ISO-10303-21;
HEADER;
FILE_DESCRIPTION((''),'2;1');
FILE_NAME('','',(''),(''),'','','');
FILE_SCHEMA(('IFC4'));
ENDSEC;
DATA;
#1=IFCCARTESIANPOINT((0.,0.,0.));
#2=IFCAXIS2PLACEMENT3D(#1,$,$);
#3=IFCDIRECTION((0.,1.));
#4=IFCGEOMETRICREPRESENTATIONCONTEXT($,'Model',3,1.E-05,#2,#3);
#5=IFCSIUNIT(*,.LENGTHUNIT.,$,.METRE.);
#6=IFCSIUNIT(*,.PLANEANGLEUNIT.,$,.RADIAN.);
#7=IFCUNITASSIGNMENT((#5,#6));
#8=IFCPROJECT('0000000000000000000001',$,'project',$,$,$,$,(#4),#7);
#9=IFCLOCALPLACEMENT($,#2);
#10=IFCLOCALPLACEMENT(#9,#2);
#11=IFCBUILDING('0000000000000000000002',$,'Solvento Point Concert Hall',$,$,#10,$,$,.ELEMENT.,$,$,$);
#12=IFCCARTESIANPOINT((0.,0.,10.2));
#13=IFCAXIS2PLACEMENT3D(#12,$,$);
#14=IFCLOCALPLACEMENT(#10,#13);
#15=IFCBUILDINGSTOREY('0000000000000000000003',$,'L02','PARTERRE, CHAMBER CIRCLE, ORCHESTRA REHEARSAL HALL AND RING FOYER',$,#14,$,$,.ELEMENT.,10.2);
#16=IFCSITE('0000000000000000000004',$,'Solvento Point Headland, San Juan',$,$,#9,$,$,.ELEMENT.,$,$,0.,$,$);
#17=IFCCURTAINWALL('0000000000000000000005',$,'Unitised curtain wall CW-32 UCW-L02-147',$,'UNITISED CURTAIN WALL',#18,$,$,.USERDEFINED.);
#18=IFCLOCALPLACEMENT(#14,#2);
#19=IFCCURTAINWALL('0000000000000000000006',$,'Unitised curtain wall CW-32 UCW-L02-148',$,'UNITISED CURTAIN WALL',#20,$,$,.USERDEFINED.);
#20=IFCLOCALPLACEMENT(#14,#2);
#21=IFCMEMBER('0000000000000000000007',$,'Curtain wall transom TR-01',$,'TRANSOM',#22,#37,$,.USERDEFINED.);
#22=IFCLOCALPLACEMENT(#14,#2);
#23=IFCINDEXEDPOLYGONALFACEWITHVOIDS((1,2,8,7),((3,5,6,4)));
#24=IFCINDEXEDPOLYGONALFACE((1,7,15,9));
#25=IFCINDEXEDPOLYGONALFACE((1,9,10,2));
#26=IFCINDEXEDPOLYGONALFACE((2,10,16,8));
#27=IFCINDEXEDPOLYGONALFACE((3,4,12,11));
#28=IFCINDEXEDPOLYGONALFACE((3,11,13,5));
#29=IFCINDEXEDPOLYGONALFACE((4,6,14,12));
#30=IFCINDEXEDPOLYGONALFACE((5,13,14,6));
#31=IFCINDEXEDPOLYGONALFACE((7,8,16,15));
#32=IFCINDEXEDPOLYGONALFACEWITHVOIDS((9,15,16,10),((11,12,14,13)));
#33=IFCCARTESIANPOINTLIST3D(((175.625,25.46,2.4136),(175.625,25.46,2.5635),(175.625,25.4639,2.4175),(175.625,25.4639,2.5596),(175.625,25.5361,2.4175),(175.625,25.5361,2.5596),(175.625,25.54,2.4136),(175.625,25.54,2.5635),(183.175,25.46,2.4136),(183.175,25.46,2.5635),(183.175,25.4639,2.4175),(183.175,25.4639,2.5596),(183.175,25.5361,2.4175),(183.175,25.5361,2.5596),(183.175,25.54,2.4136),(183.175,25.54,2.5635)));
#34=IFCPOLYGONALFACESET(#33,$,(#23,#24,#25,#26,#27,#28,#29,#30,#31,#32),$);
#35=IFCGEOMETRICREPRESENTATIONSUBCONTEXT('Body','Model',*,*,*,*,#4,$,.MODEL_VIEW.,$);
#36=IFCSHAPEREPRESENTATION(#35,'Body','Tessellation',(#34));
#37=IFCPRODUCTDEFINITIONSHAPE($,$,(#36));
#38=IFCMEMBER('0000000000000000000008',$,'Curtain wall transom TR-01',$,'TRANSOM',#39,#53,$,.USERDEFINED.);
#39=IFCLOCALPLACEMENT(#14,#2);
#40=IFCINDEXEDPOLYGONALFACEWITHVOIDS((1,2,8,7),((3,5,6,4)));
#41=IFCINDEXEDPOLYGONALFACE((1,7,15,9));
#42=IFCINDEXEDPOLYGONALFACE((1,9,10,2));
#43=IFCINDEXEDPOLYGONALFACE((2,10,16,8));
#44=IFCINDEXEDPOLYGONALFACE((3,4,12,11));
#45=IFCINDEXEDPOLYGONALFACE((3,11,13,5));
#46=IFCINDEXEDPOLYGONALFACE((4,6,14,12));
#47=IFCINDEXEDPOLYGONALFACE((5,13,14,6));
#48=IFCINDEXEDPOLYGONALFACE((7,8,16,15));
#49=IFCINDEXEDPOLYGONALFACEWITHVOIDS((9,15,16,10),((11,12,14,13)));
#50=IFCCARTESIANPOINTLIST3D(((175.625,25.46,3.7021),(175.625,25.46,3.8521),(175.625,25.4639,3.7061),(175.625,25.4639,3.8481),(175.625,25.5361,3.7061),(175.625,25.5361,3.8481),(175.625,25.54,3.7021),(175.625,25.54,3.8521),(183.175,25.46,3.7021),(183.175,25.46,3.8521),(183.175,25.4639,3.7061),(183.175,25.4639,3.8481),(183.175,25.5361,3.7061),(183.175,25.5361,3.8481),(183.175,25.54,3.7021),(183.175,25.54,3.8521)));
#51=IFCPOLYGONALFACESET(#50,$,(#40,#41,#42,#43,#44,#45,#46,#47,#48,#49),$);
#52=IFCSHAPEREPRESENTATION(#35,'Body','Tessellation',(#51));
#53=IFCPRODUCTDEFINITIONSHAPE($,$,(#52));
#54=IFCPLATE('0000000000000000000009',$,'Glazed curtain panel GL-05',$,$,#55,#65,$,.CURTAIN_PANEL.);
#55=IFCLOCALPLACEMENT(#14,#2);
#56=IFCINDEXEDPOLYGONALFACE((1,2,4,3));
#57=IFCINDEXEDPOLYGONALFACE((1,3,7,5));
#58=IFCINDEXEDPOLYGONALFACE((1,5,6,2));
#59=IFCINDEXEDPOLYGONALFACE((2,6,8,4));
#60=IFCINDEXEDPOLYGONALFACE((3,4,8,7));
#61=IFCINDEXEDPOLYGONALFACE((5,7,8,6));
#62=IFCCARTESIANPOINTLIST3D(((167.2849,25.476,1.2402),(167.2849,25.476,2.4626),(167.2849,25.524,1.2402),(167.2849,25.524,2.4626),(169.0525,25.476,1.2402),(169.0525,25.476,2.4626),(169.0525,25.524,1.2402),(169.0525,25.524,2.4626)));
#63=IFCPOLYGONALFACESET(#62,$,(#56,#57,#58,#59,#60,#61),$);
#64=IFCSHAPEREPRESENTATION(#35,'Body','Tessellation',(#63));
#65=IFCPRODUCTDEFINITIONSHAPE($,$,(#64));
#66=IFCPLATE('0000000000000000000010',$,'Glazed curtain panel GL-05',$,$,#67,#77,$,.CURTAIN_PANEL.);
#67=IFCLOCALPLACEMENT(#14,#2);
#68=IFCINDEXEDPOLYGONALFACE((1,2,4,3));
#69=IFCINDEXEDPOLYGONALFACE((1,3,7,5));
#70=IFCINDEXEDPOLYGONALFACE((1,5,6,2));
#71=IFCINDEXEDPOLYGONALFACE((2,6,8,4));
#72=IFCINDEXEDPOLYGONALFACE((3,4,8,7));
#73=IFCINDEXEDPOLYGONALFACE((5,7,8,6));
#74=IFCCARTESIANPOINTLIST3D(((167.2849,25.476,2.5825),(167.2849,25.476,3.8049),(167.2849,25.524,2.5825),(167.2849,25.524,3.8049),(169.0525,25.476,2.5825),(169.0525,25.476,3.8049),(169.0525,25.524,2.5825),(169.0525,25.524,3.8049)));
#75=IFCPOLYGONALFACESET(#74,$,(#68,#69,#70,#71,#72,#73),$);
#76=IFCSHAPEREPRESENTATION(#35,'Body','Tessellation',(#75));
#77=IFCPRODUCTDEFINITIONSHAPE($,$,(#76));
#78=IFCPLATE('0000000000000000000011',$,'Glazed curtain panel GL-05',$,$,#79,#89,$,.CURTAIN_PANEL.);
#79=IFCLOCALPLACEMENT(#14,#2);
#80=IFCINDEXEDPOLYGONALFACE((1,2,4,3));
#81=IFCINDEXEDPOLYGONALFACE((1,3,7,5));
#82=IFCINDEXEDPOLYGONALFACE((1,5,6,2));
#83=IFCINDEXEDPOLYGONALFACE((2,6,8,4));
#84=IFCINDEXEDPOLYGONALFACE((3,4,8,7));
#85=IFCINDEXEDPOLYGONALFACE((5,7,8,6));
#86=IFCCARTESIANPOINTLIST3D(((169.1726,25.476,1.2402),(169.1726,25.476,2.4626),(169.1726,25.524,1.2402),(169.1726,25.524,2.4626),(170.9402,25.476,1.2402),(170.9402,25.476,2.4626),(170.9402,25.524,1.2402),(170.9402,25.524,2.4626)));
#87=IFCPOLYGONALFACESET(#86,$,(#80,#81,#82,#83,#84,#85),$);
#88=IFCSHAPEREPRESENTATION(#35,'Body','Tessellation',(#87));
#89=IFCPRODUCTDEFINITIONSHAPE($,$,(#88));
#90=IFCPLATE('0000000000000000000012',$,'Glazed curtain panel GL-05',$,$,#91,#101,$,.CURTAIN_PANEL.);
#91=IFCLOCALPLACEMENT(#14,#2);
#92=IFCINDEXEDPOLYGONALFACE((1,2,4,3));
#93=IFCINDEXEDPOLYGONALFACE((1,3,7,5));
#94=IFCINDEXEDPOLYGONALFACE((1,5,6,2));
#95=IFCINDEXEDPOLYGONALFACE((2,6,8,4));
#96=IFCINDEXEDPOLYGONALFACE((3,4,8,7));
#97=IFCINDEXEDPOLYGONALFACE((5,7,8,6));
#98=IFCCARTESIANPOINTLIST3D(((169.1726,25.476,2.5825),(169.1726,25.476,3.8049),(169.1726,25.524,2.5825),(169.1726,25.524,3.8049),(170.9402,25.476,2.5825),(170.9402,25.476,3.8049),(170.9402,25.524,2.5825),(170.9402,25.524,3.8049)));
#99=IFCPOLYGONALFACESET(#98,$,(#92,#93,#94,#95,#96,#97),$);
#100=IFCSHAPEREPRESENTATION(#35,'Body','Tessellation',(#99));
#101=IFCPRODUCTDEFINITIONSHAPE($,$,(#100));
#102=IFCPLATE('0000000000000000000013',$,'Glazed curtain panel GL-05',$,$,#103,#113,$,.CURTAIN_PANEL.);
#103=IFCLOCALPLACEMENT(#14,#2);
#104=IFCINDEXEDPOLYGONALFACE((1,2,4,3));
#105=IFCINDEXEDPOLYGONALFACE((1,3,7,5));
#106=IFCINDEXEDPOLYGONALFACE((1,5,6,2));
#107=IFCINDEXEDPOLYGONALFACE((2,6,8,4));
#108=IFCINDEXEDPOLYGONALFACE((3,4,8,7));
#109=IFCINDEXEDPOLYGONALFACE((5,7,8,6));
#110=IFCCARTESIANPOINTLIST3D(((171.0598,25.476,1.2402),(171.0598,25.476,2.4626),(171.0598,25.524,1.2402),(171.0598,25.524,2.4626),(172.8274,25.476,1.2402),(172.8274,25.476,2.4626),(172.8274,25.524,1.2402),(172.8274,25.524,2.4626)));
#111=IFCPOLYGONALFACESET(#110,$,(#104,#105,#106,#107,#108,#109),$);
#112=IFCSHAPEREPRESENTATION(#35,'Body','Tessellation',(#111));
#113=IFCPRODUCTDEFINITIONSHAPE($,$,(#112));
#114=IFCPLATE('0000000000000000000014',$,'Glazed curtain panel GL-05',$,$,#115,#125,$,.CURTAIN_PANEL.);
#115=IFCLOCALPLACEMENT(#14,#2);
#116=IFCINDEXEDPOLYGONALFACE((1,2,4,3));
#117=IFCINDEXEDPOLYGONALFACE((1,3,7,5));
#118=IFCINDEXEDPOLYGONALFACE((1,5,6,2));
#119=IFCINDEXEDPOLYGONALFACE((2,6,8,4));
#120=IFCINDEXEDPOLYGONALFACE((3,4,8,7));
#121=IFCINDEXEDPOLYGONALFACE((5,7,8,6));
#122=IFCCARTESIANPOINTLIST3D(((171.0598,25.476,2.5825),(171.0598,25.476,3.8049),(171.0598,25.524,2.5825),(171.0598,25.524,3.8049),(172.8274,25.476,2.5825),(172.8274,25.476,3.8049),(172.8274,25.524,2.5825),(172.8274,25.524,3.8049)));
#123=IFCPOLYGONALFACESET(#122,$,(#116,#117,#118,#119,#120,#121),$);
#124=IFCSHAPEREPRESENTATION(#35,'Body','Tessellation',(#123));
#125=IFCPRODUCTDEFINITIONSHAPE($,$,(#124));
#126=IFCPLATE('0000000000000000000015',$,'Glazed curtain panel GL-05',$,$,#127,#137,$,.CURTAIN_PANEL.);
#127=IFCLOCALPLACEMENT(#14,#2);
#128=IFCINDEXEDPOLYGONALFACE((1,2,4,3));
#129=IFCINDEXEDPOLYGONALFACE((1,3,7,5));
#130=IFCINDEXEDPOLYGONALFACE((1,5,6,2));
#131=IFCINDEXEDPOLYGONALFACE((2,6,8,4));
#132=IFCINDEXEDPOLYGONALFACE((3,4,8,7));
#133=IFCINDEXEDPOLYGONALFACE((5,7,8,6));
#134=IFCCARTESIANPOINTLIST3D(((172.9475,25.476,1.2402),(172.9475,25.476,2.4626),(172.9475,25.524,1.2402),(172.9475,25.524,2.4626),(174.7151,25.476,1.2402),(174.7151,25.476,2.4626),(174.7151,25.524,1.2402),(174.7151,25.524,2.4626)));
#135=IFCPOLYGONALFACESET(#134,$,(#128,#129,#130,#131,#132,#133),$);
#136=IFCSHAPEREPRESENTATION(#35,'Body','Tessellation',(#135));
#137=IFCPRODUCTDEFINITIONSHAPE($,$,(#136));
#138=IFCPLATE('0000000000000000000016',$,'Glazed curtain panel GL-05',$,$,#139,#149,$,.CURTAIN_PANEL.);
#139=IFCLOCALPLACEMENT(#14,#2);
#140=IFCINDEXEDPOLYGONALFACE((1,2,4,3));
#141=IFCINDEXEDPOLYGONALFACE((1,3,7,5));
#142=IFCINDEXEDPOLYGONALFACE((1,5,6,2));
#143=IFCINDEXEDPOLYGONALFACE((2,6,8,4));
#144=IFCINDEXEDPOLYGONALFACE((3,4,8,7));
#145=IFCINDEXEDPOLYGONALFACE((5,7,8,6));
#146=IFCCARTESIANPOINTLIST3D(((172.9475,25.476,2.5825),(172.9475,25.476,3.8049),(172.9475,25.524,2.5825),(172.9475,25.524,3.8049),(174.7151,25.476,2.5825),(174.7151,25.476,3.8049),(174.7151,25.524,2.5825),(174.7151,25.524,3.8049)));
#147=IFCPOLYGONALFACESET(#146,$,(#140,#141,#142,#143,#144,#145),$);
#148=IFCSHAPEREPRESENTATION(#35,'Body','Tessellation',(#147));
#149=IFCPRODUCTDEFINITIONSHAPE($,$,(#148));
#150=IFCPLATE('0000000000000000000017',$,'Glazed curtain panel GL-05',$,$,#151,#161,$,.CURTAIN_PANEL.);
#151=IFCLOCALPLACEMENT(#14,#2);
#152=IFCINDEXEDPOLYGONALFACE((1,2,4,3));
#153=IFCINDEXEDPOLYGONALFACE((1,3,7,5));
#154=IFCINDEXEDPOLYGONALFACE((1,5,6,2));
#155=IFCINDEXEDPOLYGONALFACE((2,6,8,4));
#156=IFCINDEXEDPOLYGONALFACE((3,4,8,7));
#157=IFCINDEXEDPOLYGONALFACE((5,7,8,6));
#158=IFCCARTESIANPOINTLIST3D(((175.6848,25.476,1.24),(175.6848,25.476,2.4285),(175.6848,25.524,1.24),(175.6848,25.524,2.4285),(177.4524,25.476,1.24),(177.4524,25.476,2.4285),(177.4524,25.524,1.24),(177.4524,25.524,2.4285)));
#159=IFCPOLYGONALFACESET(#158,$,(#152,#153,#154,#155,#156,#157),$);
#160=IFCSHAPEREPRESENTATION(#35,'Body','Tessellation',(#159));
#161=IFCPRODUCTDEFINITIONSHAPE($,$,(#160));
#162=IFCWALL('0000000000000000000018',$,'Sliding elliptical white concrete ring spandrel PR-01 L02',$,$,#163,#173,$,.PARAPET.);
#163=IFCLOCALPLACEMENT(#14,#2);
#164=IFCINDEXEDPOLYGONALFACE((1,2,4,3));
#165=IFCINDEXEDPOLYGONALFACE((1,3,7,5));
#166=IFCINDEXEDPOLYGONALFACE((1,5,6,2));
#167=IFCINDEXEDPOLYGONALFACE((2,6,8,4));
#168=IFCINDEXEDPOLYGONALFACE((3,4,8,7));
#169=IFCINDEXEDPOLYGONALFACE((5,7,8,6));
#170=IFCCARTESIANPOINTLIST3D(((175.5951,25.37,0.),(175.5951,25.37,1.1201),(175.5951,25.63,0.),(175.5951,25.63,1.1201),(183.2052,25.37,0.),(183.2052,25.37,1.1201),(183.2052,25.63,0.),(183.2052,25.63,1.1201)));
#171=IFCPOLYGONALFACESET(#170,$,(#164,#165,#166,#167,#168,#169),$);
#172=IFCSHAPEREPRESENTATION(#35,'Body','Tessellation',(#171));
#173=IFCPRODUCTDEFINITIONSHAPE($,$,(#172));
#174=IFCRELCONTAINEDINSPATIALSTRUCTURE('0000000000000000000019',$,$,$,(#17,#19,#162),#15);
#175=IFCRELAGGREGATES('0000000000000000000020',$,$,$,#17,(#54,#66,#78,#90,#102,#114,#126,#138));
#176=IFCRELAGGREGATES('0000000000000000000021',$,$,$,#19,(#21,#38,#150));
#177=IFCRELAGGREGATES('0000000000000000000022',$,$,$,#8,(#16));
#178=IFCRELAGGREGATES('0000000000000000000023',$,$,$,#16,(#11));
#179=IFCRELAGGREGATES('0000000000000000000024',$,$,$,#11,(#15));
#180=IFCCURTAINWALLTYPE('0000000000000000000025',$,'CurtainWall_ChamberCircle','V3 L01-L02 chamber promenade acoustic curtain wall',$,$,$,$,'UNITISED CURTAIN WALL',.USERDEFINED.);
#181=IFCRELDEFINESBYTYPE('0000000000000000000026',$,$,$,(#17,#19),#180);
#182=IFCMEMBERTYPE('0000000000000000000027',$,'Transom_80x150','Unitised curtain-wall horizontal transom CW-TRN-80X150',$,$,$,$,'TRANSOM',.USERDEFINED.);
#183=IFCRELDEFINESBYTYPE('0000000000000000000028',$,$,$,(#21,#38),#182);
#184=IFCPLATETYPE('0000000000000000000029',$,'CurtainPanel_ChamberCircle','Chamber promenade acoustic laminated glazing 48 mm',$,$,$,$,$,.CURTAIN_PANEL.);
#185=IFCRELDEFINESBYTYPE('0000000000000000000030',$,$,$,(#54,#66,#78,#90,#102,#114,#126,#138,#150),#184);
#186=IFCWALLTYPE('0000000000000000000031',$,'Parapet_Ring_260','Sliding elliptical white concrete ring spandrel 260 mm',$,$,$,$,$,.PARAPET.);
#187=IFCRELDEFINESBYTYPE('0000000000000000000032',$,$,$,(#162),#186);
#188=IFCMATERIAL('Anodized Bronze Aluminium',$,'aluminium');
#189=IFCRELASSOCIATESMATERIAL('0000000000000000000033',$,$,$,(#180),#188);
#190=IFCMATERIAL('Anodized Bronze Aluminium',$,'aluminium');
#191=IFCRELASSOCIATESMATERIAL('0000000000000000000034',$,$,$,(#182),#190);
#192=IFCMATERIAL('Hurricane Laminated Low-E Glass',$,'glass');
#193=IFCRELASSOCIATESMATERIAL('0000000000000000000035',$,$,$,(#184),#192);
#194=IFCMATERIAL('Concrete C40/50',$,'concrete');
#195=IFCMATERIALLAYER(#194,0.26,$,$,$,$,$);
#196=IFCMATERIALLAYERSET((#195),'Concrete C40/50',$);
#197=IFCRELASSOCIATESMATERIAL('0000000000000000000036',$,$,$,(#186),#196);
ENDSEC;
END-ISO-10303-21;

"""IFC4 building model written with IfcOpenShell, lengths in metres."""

from ifc_helpers import new_model, si_unit, direction, frame, frame_2d, origin, origin_2d, place, context, subcontext, project, spatial, rectangle, hollow_rectangle, extrude, material, layer, layer_set, material_profile, profile_set, type_object, element, aggregate, save


model = new_model("IFC4")

# Units and contexts
model_context = context("Model", 3, precision=1e-05, world=origin(), true_north=direction((0.0, 1.0)))
body_context = subcontext(model_context, "Body", "Model", "MODEL_VIEW")
ifc_project = project(units=[si_unit("LENGTHUNIT", "METRE"), si_unit("PLANEANGLEUNIT", "RADIAN")], contexts=[model_context])

# Site, building, storey
site_placement = place(None, origin())
site = spatial("IfcSite", under=ifc_project, at=site_placement, Name="Solvento Point Headland, San Juan", CompositionType="ELEMENT", RefElevation=0.0)
building_placement = place(site_placement, origin())
building = spatial("IfcBuilding", under=site, at=building_placement, Name="Solvento Point Concert Hall", CompositionType="ELEMENT")
storey_placement = place(building_placement, frame((0.0, 0.0, 10.2)))
storey = spatial("IfcBuildingStorey", under=building, at=storey_placement, Name="L02", Description="PARTERRE, CHAMBER CIRCLE, ORCHESTRA REHEARSAL HALL AND RING FOYER", CompositionType="ELEMENT", Elevation=10.2)

# Curtain wall
ifc_material_1 = material(Name="Anodized Bronze Aluminium", Category="aluminium")
curtain_wall_type = type_object("IfcCurtainWallType", Name="CurtainWall_ChamberCircle", Description="V3 L01-L02 chamber promenade acoustic curtain wall", ElementType="UNITISED CURTAIN WALL", PredefinedType="USERDEFINED", material=ifc_material_1)
curtain_wall_1_placement = place(storey_placement, origin())
curtain_wall_1 = element("IfcCurtainWall", 1, at=curtain_wall_1_placement, inside=storey, type_object=curtain_wall_type, Name="Unitised curtain wall CW-32 UCW-L02-147", ObjectType="UNITISED CURTAIN WALL", PredefinedType="USERDEFINED")

# Curtain wall
curtain_wall_2_placement = place(storey_placement, origin())
curtain_wall_2 = element("IfcCurtainWall", 2, at=curtain_wall_2_placement, inside=storey, type_object=curtain_wall_type, Name="Unitised curtain wall CW-32 UCW-L02-148", ObjectType="UNITISED CURTAIN WALL", PredefinedType="USERDEFINED")

# Members
ifc_material_2 = material(Name="Anodized Bronze Aluminium", Category="aluminium")
ifc_material_profile_1 = material_profile(ifc_material_2, hollow_rectangle(XDim=0.0801, YDim=0.1499, WallThickness=0.0039, at=origin_2d()), Name="CW-TRN-80X150")
ifc_profile_set_1 = profile_set([ifc_material_profile_1], Name="Anodized Bronze Aluminium")
member_type_1 = type_object("IfcMemberType", Name="Transom_80x150", Description="Unitised curtain-wall horizontal transom CW-TRN-80X150", ElementType="TRANSOM", PredefinedType="USERDEFINED", material=ifc_profile_set_1)
member_1_placement = place(storey_placement, frame((175.625, 25.5, 2.4885), z_axis=(1.0, 0.0, 0.0), x_axis=(0.0, 1.0, 0.0)))
member_1 = element("IfcMember", 3, at=member_1_placement, type_object=member_type_1, Name="Curtain wall transom TR-01", ObjectType="TRANSOM", PredefinedType="USERDEFINED", context=body_context, shape_type="SweptSolid", body=[
    extrude(hollow_rectangle(XDim=0.0801, YDim=0.1499, WallThickness=0.0039, at=origin_2d()), origin(), (0.0, 0.0, 1.0), 7.55),
])
member_2_placement = place(storey_placement, frame((175.625, 25.5, 3.7771), z_axis=(1.0, 0.0, 0.0), x_axis=(0.0, 1.0, 0.0)))
member_2 = element("IfcMember", 4, at=member_2_placement, type_object=member_type_1, Name="Curtain wall transom TR-01", ObjectType="TRANSOM", PredefinedType="USERDEFINED", context=body_context, shape_type="SweptSolid", body=[
    extrude(hollow_rectangle(XDim=0.0801, YDim=0.1499, WallThickness=0.0039, at=origin_2d()), origin(), (0.0, 0.0, 1.0), 7.55),
])

# Plates
ifc_material_3 = material(Name="Hurricane Laminated Low-E Glass", Category="glass")
plate_type = type_object("IfcPlateType", Name="CurtainPanel_ChamberCircle", Description="Chamber promenade acoustic laminated glazing 48 mm", PredefinedType="CURTAIN_PANEL", material=ifc_material_3)
plate_1_placement = place(storey_placement, frame((168.1687, 25.5, 1.2402), z_axis=(0.0, 0.0, 1.0), x_axis=(1.0, 0.0, 0.0)))
plate_1 = element("IfcPlate", 5, at=plate_1_placement, type_object=plate_type, Name="Glazed curtain panel GL-05", PredefinedType="CURTAIN_PANEL", context=body_context, shape_type="SweptSolid", body=[
    extrude(rectangle(XDim=1.7676, YDim=0.0481, at=origin_2d()), origin(), (0.0, 0.0, 1.0), 1.2224),
])
plate_2_placement = place(storey_placement, frame((168.1687, 25.5, 2.5825), z_axis=(0.0, 0.0, 1.0), x_axis=(1.0, 0.0, 0.0)))
plate_2 = element("IfcPlate", 6, at=plate_2_placement, type_object=plate_type, Name="Glazed curtain panel GL-05", PredefinedType="CURTAIN_PANEL", context=body_context, shape_type="SweptSolid", body=[
    extrude(rectangle(XDim=1.7676, YDim=0.0481, at=origin_2d()), origin(), (0.0, 0.0, 1.0), 1.2224),
])
plate_3_placement = place(storey_placement, frame((170.0564, 25.5, 1.2402), z_axis=(0.0, 0.0, 1.0), x_axis=(1.0, 0.0, 0.0)))
plate_3 = element("IfcPlate", 7, at=plate_3_placement, type_object=plate_type, Name="Glazed curtain panel GL-05", PredefinedType="CURTAIN_PANEL", context=body_context, shape_type="SweptSolid", body=[
    extrude(rectangle(XDim=1.7676, YDim=0.0481, at=origin_2d()), origin(), (0.0, 0.0, 1.0), 1.2224),
])
plate_4_placement = place(storey_placement, frame((170.0564, 25.5, 2.5825), z_axis=(0.0, 0.0, 1.0), x_axis=(1.0, 0.0, 0.0)))
plate_4 = element("IfcPlate", 8, at=plate_4_placement, type_object=plate_type, Name="Glazed curtain panel GL-05", PredefinedType="CURTAIN_PANEL", context=body_context, shape_type="SweptSolid", body=[
    extrude(rectangle(XDim=1.7676, YDim=0.0481, at=origin_2d()), origin(), (0.0, 0.0, 1.0), 1.2224),
])
plate_5_placement = place(storey_placement, frame((171.9436, 25.5, 1.2402), z_axis=(0.0, 0.0, 1.0), x_axis=(1.0, 0.0, 0.0)))
plate_5 = element("IfcPlate", 9, at=plate_5_placement, type_object=plate_type, Name="Glazed curtain panel GL-05", PredefinedType="CURTAIN_PANEL", context=body_context, shape_type="SweptSolid", body=[
    extrude(rectangle(XDim=1.7676, YDim=0.0481, at=origin_2d()), origin(), (0.0, 0.0, 1.0), 1.2224),
])
plate_6_placement = place(storey_placement, frame((171.9436, 25.5, 2.5825), z_axis=(0.0, 0.0, 1.0), x_axis=(1.0, 0.0, 0.0)))
plate_6 = element("IfcPlate", 10, at=plate_6_placement, type_object=plate_type, Name="Glazed curtain panel GL-05", PredefinedType="CURTAIN_PANEL", context=body_context, shape_type="SweptSolid", body=[
    extrude(rectangle(XDim=1.7676, YDim=0.0481, at=origin_2d()), origin(), (0.0, 0.0, 1.0), 1.2224),
])
plate_7_placement = place(storey_placement, frame((173.8313, 25.5, 1.2402), z_axis=(0.0, 0.0, 1.0), x_axis=(1.0, 0.0, 0.0)))
plate_7 = element("IfcPlate", 11, at=plate_7_placement, type_object=plate_type, Name="Glazed curtain panel GL-05", PredefinedType="CURTAIN_PANEL", context=body_context, shape_type="SweptSolid", body=[
    extrude(rectangle(XDim=1.7676, YDim=0.0481, at=origin_2d()), origin(), (0.0, 0.0, 1.0), 1.2224),
])
plate_8_placement = place(storey_placement, frame((173.8313, 25.5, 2.5825), z_axis=(0.0, 0.0, 1.0), x_axis=(1.0, 0.0, 0.0)))
plate_8 = element("IfcPlate", 12, at=plate_8_placement, type_object=plate_type, Name="Glazed curtain panel GL-05", PredefinedType="CURTAIN_PANEL", context=body_context, shape_type="SweptSolid", body=[
    extrude(rectangle(XDim=1.7676, YDim=0.0481, at=origin_2d()), origin(), (0.0, 0.0, 1.0), 1.2224),
])
aggregate(curtain_wall_1, [plate_1, plate_2, plate_3, plate_4, plate_5, plate_6, plate_7, plate_8])
plate_9_placement = place(storey_placement, frame((176.5686, 25.5, 1.24), z_axis=(0.0, 0.0, 1.0), x_axis=(1.0, 0.0, 0.0)))
plate_9 = element("IfcPlate", 13, at=plate_9_placement, type_object=plate_type, Name="Glazed curtain panel GL-05", PredefinedType="CURTAIN_PANEL", context=body_context, shape_type="SweptSolid", body=[
    extrude(rectangle(XDim=1.7676, YDim=0.0481, at=origin_2d()), origin(), (0.0, 0.0, 1.0), 1.1885),
])
aggregate(curtain_wall_2, [member_1, member_2, plate_9])

# Wall
ifc_material_4 = material(Name="Concrete C40/50", Category="concrete")
ifc_layer = layer(ifc_material_4, 0.26)
ifc_layer_set = layer_set([ifc_layer], Name="Concrete C40/50")
wall_type = type_object("IfcWallType", Name="Parapet_Ring_260", Description="Sliding elliptical white concrete ring spandrel 260 mm", PredefinedType="PARAPET", material=ifc_layer_set)
wall_placement = place(storey_placement, frame((175.595, 25.5, 0.0), z_axis=(0.0, 0.0, 1.0), x_axis=(1.0, 0.0, 0.0)))
element("IfcWall", 14, at=wall_placement, inside=storey, type_object=wall_type, Name="Sliding elliptical white concrete ring spandrel PR-01 L02", PredefinedType="PARAPET", context=body_context, shape_type="SweptSolid", body=[
    extrude(rectangle(XDim=7.6101, YDim=0.26, at=frame_2d((3.8052, 0.0))), origin(), (0.0, 0.0, 1.0), 1.1201),
])

save(model, "model.ifc")
